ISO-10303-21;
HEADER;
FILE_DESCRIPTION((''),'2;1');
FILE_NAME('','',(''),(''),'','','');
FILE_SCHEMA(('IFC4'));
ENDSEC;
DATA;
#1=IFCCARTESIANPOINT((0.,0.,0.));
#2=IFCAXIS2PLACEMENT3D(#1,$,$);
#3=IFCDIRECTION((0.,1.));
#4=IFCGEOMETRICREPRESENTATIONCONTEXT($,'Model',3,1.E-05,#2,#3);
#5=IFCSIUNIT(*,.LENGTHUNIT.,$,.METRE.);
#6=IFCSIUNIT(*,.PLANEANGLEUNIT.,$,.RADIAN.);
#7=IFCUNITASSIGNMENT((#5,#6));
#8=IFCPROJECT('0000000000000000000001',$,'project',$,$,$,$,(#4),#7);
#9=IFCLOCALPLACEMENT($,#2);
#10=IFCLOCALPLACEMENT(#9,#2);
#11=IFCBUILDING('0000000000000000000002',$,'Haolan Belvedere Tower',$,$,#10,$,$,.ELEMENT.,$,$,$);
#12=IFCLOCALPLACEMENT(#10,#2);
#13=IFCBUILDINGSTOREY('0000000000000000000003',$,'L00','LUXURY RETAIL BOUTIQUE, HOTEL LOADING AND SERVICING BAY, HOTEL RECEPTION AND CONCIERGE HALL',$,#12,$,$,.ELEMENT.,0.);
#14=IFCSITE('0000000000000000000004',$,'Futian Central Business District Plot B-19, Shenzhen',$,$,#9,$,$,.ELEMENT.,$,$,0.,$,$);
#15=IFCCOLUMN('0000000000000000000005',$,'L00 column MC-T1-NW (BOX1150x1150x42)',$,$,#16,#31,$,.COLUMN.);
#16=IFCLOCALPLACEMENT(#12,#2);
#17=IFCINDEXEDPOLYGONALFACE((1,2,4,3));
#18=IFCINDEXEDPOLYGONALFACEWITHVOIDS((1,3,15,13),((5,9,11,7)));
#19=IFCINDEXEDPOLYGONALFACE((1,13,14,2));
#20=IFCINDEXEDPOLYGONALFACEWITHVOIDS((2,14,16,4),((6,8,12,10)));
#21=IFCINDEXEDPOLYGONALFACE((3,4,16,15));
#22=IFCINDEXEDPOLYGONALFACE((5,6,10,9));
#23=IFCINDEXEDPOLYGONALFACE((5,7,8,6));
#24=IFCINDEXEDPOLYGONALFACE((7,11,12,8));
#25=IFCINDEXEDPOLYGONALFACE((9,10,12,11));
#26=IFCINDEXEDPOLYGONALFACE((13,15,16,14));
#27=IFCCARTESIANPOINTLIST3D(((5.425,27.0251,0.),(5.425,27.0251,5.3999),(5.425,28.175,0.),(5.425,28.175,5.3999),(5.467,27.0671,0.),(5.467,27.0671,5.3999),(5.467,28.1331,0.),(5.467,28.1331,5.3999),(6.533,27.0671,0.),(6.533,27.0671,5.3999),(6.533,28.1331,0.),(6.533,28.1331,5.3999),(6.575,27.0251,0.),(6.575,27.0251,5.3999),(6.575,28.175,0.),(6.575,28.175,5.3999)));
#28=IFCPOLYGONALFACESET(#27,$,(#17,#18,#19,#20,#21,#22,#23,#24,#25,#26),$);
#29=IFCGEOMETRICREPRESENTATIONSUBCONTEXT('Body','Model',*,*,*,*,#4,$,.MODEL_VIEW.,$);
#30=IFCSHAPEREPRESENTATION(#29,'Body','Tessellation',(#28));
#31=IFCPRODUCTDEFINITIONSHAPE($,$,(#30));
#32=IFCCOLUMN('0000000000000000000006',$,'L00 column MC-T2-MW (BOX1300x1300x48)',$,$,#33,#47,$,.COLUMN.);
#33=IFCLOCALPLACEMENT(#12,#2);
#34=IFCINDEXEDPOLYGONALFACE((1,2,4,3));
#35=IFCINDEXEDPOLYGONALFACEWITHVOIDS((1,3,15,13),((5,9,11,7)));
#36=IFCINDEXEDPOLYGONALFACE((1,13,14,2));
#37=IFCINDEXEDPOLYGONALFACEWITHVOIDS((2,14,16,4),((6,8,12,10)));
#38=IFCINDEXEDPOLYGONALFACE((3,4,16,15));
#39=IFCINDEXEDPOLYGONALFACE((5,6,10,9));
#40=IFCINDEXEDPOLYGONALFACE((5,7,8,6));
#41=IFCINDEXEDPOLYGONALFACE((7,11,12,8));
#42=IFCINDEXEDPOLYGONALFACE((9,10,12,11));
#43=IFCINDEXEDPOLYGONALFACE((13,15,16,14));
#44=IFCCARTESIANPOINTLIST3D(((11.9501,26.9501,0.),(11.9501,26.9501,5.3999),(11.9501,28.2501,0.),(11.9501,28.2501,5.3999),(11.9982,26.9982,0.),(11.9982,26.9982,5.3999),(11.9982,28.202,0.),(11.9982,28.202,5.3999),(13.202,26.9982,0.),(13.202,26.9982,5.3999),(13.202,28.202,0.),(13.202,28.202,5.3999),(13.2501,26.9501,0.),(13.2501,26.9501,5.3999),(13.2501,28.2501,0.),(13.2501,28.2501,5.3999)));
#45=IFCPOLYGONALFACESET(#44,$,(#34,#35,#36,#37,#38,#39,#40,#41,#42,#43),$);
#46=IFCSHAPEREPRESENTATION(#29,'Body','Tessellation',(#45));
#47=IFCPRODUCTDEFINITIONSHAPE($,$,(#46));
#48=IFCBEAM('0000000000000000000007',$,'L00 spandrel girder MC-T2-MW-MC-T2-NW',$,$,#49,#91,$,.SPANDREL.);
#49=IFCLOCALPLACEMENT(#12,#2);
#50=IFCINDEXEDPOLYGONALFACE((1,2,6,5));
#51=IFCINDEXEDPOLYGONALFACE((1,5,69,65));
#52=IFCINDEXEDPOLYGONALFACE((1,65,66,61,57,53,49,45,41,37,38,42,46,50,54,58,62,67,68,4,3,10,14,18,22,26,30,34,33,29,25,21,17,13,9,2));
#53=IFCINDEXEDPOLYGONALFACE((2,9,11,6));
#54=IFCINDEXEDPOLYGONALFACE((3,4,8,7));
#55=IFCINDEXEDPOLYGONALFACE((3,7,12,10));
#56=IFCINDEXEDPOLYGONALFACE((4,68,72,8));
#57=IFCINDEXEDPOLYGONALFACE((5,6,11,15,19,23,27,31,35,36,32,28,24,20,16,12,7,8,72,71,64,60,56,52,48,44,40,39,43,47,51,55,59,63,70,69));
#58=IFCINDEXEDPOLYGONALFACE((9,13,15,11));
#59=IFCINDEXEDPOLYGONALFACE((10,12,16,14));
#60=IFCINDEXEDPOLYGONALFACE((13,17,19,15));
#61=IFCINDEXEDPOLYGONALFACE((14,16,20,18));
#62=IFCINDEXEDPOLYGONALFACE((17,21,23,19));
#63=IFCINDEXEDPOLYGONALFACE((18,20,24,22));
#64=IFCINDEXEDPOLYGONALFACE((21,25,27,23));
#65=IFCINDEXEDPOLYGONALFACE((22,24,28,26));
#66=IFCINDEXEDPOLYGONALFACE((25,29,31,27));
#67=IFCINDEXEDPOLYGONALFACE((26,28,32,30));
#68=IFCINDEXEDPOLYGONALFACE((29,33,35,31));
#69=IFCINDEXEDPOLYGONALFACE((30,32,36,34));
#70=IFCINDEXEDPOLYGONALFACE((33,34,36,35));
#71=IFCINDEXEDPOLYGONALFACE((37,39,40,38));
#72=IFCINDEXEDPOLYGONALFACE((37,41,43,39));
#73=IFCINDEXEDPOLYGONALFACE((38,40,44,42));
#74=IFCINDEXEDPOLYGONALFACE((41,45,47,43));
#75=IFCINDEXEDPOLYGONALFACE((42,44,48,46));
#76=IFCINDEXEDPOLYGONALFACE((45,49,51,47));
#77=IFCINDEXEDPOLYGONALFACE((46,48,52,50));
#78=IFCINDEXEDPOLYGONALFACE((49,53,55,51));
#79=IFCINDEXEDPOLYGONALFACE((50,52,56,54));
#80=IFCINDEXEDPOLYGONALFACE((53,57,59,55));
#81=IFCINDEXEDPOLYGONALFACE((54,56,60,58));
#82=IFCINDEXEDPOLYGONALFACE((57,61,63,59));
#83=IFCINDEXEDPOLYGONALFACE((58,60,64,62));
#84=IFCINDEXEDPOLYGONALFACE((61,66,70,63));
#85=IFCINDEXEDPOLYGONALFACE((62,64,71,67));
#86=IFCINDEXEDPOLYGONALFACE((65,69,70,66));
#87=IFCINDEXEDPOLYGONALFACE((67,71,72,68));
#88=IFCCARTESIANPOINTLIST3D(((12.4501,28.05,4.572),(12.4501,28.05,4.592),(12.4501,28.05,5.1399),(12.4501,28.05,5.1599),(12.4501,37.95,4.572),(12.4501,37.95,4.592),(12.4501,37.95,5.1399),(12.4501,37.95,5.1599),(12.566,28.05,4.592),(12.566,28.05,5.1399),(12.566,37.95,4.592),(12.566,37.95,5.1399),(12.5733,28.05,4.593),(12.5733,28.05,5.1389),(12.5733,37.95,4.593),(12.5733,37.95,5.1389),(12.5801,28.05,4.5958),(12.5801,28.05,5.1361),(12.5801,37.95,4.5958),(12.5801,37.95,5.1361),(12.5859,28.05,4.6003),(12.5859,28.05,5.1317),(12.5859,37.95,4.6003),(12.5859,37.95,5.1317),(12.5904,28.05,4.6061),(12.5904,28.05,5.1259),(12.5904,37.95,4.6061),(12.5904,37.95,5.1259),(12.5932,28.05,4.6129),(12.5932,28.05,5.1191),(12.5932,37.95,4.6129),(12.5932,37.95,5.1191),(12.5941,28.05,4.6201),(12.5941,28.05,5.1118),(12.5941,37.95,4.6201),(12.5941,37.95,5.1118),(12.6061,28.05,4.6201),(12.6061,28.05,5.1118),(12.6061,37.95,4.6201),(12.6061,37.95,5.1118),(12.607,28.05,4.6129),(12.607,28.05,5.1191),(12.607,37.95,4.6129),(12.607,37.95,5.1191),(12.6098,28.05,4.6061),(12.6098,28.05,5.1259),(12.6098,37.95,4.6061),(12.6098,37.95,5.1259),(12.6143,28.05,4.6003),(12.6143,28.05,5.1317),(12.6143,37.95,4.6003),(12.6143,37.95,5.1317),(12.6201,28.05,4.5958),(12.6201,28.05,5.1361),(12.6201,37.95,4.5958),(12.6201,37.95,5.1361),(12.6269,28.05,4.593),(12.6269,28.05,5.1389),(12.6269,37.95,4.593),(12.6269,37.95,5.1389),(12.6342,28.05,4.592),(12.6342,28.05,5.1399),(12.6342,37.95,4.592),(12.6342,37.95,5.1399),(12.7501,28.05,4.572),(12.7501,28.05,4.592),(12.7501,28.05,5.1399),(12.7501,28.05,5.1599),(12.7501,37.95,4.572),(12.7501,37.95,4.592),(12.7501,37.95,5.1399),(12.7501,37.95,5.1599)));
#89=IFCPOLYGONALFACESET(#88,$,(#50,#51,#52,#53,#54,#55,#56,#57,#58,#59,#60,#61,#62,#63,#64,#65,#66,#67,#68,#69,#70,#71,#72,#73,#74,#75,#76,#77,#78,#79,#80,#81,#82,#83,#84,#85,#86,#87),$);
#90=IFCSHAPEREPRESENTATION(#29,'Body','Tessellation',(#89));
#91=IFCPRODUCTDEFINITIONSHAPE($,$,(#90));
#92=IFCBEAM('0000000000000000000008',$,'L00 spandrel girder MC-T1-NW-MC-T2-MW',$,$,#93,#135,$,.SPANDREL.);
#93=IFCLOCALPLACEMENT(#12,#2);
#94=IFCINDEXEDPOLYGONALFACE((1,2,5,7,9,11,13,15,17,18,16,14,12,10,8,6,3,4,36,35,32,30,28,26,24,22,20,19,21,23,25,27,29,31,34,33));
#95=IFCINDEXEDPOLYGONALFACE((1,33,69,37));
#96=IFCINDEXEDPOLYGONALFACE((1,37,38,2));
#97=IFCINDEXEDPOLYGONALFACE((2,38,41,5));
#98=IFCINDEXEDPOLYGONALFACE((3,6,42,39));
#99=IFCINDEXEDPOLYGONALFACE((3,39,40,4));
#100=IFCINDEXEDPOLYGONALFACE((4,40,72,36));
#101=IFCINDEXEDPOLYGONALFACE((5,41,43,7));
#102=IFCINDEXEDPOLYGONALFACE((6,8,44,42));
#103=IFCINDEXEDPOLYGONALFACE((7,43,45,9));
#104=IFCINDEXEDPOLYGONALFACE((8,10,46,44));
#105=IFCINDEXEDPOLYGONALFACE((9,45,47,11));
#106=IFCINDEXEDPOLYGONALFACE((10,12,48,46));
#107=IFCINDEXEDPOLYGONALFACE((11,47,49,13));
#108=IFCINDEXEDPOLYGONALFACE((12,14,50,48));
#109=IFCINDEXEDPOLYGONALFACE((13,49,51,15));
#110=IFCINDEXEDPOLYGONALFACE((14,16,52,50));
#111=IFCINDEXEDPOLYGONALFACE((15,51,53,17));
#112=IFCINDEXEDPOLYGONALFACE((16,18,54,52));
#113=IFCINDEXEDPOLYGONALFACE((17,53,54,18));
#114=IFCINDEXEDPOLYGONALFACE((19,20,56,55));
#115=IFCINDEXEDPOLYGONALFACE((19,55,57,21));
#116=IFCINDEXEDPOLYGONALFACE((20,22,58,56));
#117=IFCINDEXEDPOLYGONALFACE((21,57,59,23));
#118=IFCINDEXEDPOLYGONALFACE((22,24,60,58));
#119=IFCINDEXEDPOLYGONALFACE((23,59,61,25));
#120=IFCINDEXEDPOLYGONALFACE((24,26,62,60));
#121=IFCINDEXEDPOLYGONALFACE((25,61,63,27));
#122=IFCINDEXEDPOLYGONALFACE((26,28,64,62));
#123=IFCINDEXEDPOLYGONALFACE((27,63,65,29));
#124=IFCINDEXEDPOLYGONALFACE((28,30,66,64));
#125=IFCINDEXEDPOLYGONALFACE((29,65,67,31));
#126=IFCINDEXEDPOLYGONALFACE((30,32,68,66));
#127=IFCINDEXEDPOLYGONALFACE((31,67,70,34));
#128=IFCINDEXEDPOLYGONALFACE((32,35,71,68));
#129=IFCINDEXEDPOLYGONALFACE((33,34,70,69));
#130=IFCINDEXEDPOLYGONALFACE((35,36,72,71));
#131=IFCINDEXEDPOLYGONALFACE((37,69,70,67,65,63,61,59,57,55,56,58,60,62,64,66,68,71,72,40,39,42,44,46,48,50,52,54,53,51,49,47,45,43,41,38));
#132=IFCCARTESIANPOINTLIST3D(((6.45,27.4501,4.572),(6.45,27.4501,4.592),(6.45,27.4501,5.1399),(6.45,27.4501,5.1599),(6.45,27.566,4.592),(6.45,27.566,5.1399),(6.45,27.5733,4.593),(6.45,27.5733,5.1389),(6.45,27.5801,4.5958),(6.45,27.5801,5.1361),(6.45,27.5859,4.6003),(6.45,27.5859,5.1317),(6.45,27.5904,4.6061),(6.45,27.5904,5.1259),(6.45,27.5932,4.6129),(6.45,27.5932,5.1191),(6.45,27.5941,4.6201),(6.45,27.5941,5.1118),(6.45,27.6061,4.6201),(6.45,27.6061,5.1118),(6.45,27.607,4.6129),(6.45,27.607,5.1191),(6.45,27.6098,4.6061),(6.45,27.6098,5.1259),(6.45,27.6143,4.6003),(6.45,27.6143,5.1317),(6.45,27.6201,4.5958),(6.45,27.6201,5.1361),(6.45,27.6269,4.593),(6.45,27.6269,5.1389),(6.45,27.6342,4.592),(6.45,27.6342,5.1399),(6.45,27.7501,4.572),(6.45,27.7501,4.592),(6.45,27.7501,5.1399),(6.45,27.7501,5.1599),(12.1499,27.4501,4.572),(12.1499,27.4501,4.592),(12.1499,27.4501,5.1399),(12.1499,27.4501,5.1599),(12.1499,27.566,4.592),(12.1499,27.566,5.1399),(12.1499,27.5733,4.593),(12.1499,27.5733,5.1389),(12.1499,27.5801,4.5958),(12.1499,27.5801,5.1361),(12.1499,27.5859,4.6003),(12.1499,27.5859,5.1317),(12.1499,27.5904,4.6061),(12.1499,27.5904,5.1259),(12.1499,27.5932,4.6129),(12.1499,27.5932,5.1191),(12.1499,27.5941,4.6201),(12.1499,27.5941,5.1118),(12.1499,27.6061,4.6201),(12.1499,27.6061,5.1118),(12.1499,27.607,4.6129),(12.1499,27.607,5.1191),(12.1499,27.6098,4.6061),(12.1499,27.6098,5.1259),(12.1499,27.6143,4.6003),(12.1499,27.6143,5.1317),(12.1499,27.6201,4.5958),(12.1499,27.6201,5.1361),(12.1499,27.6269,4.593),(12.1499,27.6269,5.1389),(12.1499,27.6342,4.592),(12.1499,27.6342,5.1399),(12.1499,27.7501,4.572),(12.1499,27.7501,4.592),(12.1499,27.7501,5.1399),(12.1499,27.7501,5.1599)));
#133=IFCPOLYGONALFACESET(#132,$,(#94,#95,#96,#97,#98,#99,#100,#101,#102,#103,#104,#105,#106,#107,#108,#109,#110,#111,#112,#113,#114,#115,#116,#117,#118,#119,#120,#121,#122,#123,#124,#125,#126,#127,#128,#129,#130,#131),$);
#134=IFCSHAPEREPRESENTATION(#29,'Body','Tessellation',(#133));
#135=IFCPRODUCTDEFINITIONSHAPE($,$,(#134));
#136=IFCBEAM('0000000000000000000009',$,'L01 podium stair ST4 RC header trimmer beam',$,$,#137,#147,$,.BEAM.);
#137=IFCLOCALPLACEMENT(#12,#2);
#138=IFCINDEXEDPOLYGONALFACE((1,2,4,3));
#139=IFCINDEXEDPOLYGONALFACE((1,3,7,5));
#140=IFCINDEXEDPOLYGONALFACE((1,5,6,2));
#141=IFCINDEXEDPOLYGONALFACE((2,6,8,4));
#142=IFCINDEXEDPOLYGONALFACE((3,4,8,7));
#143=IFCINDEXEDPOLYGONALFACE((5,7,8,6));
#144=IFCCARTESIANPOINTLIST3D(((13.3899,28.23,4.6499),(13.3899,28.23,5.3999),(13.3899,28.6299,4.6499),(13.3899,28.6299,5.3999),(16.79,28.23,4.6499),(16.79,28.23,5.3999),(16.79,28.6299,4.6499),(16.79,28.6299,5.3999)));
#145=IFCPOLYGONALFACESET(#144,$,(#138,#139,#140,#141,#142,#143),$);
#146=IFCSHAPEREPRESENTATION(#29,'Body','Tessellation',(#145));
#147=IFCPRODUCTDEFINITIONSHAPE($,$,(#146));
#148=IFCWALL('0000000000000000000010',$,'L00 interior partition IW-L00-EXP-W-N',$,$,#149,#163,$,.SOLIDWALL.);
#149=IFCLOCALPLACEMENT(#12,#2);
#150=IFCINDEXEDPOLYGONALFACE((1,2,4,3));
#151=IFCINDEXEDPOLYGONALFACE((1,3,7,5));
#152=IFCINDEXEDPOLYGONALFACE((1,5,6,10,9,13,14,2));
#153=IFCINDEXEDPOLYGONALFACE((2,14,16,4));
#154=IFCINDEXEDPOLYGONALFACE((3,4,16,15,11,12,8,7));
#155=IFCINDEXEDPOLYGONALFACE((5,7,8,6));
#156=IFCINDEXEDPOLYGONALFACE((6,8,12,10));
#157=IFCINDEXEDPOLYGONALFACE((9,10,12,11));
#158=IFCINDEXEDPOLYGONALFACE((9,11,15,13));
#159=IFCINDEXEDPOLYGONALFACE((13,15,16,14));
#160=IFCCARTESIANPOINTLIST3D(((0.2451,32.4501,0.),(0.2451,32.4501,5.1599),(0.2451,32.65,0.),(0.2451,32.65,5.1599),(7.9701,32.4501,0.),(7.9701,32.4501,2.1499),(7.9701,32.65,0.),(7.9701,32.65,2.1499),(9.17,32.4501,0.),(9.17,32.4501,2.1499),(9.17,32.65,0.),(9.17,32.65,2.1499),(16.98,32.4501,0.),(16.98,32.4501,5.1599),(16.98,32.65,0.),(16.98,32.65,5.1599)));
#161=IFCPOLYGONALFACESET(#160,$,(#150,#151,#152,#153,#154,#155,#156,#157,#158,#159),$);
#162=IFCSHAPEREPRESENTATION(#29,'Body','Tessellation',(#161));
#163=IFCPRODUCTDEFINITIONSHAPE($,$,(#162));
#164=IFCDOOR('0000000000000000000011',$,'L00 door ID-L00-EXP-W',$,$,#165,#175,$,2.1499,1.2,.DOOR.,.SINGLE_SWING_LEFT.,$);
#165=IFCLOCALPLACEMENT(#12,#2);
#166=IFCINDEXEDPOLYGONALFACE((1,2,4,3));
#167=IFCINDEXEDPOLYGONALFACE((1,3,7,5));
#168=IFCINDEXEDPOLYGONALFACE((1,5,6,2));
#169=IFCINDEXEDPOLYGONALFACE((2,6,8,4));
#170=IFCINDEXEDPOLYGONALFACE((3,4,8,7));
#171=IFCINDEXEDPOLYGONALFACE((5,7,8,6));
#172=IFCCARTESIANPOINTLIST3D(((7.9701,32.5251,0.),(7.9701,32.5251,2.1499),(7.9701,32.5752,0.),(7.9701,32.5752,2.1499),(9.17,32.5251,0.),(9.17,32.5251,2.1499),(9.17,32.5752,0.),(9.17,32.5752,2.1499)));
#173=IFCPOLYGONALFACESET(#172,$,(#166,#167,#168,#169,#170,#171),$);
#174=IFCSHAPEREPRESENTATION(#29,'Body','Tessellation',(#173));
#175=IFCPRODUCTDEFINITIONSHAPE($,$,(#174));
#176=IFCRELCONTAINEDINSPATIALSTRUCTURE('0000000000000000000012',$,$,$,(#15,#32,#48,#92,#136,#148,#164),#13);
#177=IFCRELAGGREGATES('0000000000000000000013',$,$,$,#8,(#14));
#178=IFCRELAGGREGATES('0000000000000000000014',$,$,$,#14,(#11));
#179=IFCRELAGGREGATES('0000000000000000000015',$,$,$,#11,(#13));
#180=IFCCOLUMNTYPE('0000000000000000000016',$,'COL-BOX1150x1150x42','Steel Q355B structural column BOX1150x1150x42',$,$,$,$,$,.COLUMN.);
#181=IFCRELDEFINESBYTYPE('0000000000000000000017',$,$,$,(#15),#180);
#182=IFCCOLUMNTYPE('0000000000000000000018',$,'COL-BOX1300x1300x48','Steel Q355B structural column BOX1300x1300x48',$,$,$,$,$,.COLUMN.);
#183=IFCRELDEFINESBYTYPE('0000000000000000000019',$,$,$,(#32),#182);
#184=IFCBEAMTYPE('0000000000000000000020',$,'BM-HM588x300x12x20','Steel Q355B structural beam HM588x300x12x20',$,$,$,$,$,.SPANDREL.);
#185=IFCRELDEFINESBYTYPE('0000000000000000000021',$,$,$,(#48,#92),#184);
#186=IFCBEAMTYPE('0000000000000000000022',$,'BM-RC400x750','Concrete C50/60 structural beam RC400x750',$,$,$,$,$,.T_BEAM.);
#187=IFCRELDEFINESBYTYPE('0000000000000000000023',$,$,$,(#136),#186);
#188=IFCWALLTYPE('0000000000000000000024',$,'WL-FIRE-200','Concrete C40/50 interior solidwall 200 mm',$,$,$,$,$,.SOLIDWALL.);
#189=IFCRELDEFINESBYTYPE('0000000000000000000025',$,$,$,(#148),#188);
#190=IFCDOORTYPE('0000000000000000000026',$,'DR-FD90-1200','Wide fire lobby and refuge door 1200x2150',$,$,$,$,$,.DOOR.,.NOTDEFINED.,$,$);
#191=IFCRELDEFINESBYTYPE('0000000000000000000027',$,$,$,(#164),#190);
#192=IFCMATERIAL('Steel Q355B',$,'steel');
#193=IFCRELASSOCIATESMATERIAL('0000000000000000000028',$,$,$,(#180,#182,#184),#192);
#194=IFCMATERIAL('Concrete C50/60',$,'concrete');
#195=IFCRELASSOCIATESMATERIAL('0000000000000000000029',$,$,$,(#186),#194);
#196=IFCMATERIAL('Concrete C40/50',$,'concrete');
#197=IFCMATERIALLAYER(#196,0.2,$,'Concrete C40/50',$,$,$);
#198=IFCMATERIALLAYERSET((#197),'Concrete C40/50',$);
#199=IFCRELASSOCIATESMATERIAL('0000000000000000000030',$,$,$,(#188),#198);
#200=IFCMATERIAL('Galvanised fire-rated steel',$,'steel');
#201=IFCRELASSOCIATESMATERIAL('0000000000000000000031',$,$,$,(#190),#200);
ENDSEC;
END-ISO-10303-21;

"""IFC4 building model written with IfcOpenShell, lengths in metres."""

from ifc_helpers import new_model, si_unit, direction, frame, frame_2d, origin, origin_2d, place, context, subcontext, project, spatial, rectangle, hollow_rectangle, i_section, extrude, material, layer, layer_set, material_profile, profile_set, type_object, element, fill, save


model = new_model("IFC4")

# Units and contexts
model_context = context("Model", 3, precision=1e-05, world=origin(), true_north=direction((0.0, 1.0)))
body_context = subcontext(model_context, "Body", "Model", "MODEL_VIEW")
ifc_project = project(units=[si_unit("LENGTHUNIT", "METRE"), si_unit("PLANEANGLEUNIT", "RADIAN")], contexts=[model_context])

# Site, building, storey
site_placement = place(None, origin())
site = spatial("IfcSite", under=ifc_project, at=site_placement, Name="Futian Central Business District Plot B-19, Shenzhen", CompositionType="ELEMENT", RefElevation=0.0)
building_placement = place(site_placement, origin())
building = spatial("IfcBuilding", under=site, at=building_placement, Name="Haolan Belvedere Tower", CompositionType="ELEMENT")
storey_placement = place(building_placement, origin())
storey = spatial("IfcBuildingStorey", under=building, at=storey_placement, Name="L00", Description="LUXURY RETAIL BOUTIQUE, HOTEL LOADING AND SERVICING BAY, HOTEL RECEPTION AND CONCIERGE HALL", CompositionType="ELEMENT", Elevation=0.0)

# Columns
ifc_material_1 = material(Name="Steel Q355B", Category="steel")
ifc_material_profile_1 = material_profile(ifc_material_1, hollow_rectangle(XDim=1.1499, YDim=1.1499, WallThickness=0.042, at=origin_2d()), Name="Steel Q355B")
ifc_profile_set_1 = profile_set([ifc_material_profile_1], Name="Steel Q355B")
column_type_1 = type_object("IfcColumnType", Name="COL-BOX1150x1150x42", Description="Steel Q355B structural column BOX1150x1150x42", PredefinedType="COLUMN", material=ifc_profile_set_1)
column_1_placement = place(storey_placement, frame((6.0, 27.6001, 0.0), z_axis=(0.0, 0.0, 1.0), x_axis=(1.0, 0.0, 0.0)))
element("IfcColumn", 1, at=column_1_placement, inside=storey, type_object=column_type_1, Name="L00 column MC-T1-NW (BOX1150x1150x42)", PredefinedType="COLUMN", context=body_context, shape_type="SweptSolid", body=[
    extrude(hollow_rectangle(XDim=1.1499, YDim=1.1499, WallThickness=0.042, at=origin_2d()), origin(), (0.0, 0.0, 1.0), 5.3999),
])
ifc_material_profile_2 = material_profile(ifc_material_1, hollow_rectangle(XDim=1.3, YDim=1.3, WallThickness=0.0481, at=origin_2d()), Name="Steel Q355B")
ifc_profile_set_2 = profile_set([ifc_material_profile_2], Name="Steel Q355B")
column_type_2 = type_object("IfcColumnType", Name="COL-BOX1300x1300x48", Description="Steel Q355B structural column BOX1300x1300x48", PredefinedType="COLUMN", material=ifc_profile_set_2)
column_2_placement = place(storey_placement, frame((12.6001, 27.6001, 0.0), z_axis=(0.0, 0.0, 1.0), x_axis=(1.0, 0.0, 0.0)))
element("IfcColumn", 2, at=column_2_placement, inside=storey, type_object=column_type_2, Name="L00 column MC-T2-MW (BOX1300x1300x48)", PredefinedType="COLUMN", context=body_context, shape_type="SweptSolid", body=[
    extrude(hollow_rectangle(XDim=1.3, YDim=1.3, WallThickness=0.0481, at=origin_2d()), origin(), (0.0, 0.0, 1.0), 5.3999),
])

# Beams
ifc_material_profile_3 = material_profile(ifc_material_1, i_section(OverallWidth=0.3, OverallDepth=0.5879, WebThickness=0.012, FlangeThickness=0.02, FilletRadius=0.0281, at=origin_2d()), Name="Steel Q355B")
ifc_profile_set_3 = profile_set([ifc_material_profile_3], Name="Steel Q355B")
beam_type_1 = type_object("IfcBeamType", Name="BM-HM588x300x12x20", Description="Steel Q355B structural beam HM588x300x12x20", PredefinedType="SPANDREL", material=ifc_profile_set_3)
beam_1_placement = place(storey_placement, frame((12.6001, 28.05, 4.866), z_axis=(0.0, 1.0, 0.0), x_axis=(-1.0, 0.0, 0.0)))
element("IfcBeam", 3, at=beam_1_placement, inside=storey, type_object=beam_type_1, Name="L00 spandrel girder MC-T2-MW-MC-T2-NW", PredefinedType="SPANDREL", context=body_context, shape_type="SweptSolid", body=[
    extrude(i_section(OverallWidth=0.3, OverallDepth=0.5879, WebThickness=0.012, FlangeThickness=0.02, FilletRadius=0.0281, at=origin_2d()), origin(), (0.0, 0.0, 1.0), 9.8999),
])
beam_2_placement = place(storey_placement, frame((6.45, 27.6001, 4.866), z_axis=(1.0, 0.0, 0.0), x_axis=(0.0, 1.0, 0.0)))
element("IfcBeam", 4, at=beam_2_placement, inside=storey, type_object=beam_type_1, Name="L00 spandrel girder MC-T1-NW-MC-T2-MW", PredefinedType="SPANDREL", context=body_context, shape_type="SweptSolid", body=[
    extrude(i_section(OverallWidth=0.3, OverallDepth=0.5879, WebThickness=0.012, FlangeThickness=0.02, FilletRadius=0.0281, at=origin_2d()), origin(), (0.0, 0.0, 1.0), 5.7),
])
ifc_material_2 = material(Name="Concrete C50/60", Category="concrete")
ifc_material_profile_4 = material_profile(ifc_material_2, rectangle(XDim=0.3999, YDim=0.75, at=origin_2d()), Name="Concrete C50/60")
ifc_profile_set_4 = profile_set([ifc_material_profile_4], Name="Concrete C50/60")
beam_type_2 = type_object("IfcBeamType", Name="BM-RC400x750", Description="Concrete C50/60 structural beam RC400x750", PredefinedType="T_BEAM", material=ifc_profile_set_4)
beam_3_placement = place(storey_placement, frame((13.3899, 28.4299, 5.0249), z_axis=(1.0, 0.0, 0.0), x_axis=(0.0, 1.0, 0.0)))
element("IfcBeam", 5, at=beam_3_placement, inside=storey, type_object=beam_type_2, Name="L01 podium stair ST4 RC header trimmer beam", PredefinedType="BEAM", context=body_context, shape_type="SweptSolid", body=[
    extrude(rectangle(XDim=0.3999, YDim=0.75, at=origin_2d()), origin(), (0.0, 0.0, 1.0), 3.4001),
])

# Wall, opening, door
ifc_material_3 = material(Name="Concrete C40/50", Category="concrete")
ifc_layer_1 = layer(ifc_material_3, 0.2, Name="Concrete C40/50")
ifc_layer_set_1 = layer_set([ifc_layer_1], Name="Concrete C40/50")
wall_type_1 = type_object("IfcWallType", Name="WL-FIRE-200", Description="Concrete C40/50 interior solidwall 200 mm", PredefinedType="SOLIDWALL", material=ifc_layer_set_1)
wall_1_placement = place(storey_placement, frame((0.2451, 32.55, 0.0), z_axis=(0.0, 0.0, 1.0), x_axis=(1.0, 0.0, 0.0)))
wall_1 = element("IfcWall", 6, at=wall_1_placement, inside=storey, type_object=wall_type_1, Name="L00 interior partition IW-L00-EXP-W-N", PredefinedType="SOLIDWALL", context=body_context, shape_type="SweptSolid", body=[
    extrude(rectangle(XDim=16.7349, YDim=0.2, at=frame_2d((8.3674, 0.0))), origin(), (0.0, 0.0, 1.0), 5.1599),
])
opening_1_placement = place(wall_1_placement, frame((8.925, 0.0, 0.0), z_axis=(0.0, 0.0, 1.0), x_axis=(-1.0, 0.0, 0.0)))
opening_1 = element("IfcOpeningElement", 7, at=opening_1_placement, cuts=wall_1, PredefinedType="OPENING", context=body_context, shape_type="SweptSolid", body=[
    extrude(rectangle(XDim=1.2, YDim=2.1499, at=frame_2d((0.6001, 1.075))), frame((0.0, 0.1099, 0.0), z_axis=(0.0, -1.0, 0.0), x_axis=(1.0, 0.0, 0.0)), (0.0, 0.0, 1.0), 0.22),
])
ifc_material_4 = material(Name="Galvanised fire-rated steel", Category="steel")
door_type_1 = type_object("IfcDoorType", Name="DR-FD90-1200", Description="Wide fire lobby and refuge door 1200x2150", OperationType="NOTDEFINED", PredefinedType="DOOR", material=ifc_material_4)
door_1_placement = place(opening_1_placement, origin())
door_1 = element("IfcDoor", 8, at=door_1_placement, inside=storey, type_object=door_type_1, Name="L00 door ID-L00-EXP-W", OperationType="SINGLE_SWING_LEFT", OverallHeight=2.1499, OverallWidth=1.2, PredefinedType="DOOR", context=body_context, shape_type="SweptSolid", body=[
    extrude(rectangle(XDim=1.2, YDim=2.1499, at=frame_2d((0.6001, 1.075))), frame((0.0, 0.0249, 0.0), z_axis=(0.0, -1.0, 0.0), x_axis=(1.0, 0.0, 0.0)), (0.0, 0.0, 1.0), 0.05),
])
fill(opening_1, door_1)

save(model, "model.ifc")
